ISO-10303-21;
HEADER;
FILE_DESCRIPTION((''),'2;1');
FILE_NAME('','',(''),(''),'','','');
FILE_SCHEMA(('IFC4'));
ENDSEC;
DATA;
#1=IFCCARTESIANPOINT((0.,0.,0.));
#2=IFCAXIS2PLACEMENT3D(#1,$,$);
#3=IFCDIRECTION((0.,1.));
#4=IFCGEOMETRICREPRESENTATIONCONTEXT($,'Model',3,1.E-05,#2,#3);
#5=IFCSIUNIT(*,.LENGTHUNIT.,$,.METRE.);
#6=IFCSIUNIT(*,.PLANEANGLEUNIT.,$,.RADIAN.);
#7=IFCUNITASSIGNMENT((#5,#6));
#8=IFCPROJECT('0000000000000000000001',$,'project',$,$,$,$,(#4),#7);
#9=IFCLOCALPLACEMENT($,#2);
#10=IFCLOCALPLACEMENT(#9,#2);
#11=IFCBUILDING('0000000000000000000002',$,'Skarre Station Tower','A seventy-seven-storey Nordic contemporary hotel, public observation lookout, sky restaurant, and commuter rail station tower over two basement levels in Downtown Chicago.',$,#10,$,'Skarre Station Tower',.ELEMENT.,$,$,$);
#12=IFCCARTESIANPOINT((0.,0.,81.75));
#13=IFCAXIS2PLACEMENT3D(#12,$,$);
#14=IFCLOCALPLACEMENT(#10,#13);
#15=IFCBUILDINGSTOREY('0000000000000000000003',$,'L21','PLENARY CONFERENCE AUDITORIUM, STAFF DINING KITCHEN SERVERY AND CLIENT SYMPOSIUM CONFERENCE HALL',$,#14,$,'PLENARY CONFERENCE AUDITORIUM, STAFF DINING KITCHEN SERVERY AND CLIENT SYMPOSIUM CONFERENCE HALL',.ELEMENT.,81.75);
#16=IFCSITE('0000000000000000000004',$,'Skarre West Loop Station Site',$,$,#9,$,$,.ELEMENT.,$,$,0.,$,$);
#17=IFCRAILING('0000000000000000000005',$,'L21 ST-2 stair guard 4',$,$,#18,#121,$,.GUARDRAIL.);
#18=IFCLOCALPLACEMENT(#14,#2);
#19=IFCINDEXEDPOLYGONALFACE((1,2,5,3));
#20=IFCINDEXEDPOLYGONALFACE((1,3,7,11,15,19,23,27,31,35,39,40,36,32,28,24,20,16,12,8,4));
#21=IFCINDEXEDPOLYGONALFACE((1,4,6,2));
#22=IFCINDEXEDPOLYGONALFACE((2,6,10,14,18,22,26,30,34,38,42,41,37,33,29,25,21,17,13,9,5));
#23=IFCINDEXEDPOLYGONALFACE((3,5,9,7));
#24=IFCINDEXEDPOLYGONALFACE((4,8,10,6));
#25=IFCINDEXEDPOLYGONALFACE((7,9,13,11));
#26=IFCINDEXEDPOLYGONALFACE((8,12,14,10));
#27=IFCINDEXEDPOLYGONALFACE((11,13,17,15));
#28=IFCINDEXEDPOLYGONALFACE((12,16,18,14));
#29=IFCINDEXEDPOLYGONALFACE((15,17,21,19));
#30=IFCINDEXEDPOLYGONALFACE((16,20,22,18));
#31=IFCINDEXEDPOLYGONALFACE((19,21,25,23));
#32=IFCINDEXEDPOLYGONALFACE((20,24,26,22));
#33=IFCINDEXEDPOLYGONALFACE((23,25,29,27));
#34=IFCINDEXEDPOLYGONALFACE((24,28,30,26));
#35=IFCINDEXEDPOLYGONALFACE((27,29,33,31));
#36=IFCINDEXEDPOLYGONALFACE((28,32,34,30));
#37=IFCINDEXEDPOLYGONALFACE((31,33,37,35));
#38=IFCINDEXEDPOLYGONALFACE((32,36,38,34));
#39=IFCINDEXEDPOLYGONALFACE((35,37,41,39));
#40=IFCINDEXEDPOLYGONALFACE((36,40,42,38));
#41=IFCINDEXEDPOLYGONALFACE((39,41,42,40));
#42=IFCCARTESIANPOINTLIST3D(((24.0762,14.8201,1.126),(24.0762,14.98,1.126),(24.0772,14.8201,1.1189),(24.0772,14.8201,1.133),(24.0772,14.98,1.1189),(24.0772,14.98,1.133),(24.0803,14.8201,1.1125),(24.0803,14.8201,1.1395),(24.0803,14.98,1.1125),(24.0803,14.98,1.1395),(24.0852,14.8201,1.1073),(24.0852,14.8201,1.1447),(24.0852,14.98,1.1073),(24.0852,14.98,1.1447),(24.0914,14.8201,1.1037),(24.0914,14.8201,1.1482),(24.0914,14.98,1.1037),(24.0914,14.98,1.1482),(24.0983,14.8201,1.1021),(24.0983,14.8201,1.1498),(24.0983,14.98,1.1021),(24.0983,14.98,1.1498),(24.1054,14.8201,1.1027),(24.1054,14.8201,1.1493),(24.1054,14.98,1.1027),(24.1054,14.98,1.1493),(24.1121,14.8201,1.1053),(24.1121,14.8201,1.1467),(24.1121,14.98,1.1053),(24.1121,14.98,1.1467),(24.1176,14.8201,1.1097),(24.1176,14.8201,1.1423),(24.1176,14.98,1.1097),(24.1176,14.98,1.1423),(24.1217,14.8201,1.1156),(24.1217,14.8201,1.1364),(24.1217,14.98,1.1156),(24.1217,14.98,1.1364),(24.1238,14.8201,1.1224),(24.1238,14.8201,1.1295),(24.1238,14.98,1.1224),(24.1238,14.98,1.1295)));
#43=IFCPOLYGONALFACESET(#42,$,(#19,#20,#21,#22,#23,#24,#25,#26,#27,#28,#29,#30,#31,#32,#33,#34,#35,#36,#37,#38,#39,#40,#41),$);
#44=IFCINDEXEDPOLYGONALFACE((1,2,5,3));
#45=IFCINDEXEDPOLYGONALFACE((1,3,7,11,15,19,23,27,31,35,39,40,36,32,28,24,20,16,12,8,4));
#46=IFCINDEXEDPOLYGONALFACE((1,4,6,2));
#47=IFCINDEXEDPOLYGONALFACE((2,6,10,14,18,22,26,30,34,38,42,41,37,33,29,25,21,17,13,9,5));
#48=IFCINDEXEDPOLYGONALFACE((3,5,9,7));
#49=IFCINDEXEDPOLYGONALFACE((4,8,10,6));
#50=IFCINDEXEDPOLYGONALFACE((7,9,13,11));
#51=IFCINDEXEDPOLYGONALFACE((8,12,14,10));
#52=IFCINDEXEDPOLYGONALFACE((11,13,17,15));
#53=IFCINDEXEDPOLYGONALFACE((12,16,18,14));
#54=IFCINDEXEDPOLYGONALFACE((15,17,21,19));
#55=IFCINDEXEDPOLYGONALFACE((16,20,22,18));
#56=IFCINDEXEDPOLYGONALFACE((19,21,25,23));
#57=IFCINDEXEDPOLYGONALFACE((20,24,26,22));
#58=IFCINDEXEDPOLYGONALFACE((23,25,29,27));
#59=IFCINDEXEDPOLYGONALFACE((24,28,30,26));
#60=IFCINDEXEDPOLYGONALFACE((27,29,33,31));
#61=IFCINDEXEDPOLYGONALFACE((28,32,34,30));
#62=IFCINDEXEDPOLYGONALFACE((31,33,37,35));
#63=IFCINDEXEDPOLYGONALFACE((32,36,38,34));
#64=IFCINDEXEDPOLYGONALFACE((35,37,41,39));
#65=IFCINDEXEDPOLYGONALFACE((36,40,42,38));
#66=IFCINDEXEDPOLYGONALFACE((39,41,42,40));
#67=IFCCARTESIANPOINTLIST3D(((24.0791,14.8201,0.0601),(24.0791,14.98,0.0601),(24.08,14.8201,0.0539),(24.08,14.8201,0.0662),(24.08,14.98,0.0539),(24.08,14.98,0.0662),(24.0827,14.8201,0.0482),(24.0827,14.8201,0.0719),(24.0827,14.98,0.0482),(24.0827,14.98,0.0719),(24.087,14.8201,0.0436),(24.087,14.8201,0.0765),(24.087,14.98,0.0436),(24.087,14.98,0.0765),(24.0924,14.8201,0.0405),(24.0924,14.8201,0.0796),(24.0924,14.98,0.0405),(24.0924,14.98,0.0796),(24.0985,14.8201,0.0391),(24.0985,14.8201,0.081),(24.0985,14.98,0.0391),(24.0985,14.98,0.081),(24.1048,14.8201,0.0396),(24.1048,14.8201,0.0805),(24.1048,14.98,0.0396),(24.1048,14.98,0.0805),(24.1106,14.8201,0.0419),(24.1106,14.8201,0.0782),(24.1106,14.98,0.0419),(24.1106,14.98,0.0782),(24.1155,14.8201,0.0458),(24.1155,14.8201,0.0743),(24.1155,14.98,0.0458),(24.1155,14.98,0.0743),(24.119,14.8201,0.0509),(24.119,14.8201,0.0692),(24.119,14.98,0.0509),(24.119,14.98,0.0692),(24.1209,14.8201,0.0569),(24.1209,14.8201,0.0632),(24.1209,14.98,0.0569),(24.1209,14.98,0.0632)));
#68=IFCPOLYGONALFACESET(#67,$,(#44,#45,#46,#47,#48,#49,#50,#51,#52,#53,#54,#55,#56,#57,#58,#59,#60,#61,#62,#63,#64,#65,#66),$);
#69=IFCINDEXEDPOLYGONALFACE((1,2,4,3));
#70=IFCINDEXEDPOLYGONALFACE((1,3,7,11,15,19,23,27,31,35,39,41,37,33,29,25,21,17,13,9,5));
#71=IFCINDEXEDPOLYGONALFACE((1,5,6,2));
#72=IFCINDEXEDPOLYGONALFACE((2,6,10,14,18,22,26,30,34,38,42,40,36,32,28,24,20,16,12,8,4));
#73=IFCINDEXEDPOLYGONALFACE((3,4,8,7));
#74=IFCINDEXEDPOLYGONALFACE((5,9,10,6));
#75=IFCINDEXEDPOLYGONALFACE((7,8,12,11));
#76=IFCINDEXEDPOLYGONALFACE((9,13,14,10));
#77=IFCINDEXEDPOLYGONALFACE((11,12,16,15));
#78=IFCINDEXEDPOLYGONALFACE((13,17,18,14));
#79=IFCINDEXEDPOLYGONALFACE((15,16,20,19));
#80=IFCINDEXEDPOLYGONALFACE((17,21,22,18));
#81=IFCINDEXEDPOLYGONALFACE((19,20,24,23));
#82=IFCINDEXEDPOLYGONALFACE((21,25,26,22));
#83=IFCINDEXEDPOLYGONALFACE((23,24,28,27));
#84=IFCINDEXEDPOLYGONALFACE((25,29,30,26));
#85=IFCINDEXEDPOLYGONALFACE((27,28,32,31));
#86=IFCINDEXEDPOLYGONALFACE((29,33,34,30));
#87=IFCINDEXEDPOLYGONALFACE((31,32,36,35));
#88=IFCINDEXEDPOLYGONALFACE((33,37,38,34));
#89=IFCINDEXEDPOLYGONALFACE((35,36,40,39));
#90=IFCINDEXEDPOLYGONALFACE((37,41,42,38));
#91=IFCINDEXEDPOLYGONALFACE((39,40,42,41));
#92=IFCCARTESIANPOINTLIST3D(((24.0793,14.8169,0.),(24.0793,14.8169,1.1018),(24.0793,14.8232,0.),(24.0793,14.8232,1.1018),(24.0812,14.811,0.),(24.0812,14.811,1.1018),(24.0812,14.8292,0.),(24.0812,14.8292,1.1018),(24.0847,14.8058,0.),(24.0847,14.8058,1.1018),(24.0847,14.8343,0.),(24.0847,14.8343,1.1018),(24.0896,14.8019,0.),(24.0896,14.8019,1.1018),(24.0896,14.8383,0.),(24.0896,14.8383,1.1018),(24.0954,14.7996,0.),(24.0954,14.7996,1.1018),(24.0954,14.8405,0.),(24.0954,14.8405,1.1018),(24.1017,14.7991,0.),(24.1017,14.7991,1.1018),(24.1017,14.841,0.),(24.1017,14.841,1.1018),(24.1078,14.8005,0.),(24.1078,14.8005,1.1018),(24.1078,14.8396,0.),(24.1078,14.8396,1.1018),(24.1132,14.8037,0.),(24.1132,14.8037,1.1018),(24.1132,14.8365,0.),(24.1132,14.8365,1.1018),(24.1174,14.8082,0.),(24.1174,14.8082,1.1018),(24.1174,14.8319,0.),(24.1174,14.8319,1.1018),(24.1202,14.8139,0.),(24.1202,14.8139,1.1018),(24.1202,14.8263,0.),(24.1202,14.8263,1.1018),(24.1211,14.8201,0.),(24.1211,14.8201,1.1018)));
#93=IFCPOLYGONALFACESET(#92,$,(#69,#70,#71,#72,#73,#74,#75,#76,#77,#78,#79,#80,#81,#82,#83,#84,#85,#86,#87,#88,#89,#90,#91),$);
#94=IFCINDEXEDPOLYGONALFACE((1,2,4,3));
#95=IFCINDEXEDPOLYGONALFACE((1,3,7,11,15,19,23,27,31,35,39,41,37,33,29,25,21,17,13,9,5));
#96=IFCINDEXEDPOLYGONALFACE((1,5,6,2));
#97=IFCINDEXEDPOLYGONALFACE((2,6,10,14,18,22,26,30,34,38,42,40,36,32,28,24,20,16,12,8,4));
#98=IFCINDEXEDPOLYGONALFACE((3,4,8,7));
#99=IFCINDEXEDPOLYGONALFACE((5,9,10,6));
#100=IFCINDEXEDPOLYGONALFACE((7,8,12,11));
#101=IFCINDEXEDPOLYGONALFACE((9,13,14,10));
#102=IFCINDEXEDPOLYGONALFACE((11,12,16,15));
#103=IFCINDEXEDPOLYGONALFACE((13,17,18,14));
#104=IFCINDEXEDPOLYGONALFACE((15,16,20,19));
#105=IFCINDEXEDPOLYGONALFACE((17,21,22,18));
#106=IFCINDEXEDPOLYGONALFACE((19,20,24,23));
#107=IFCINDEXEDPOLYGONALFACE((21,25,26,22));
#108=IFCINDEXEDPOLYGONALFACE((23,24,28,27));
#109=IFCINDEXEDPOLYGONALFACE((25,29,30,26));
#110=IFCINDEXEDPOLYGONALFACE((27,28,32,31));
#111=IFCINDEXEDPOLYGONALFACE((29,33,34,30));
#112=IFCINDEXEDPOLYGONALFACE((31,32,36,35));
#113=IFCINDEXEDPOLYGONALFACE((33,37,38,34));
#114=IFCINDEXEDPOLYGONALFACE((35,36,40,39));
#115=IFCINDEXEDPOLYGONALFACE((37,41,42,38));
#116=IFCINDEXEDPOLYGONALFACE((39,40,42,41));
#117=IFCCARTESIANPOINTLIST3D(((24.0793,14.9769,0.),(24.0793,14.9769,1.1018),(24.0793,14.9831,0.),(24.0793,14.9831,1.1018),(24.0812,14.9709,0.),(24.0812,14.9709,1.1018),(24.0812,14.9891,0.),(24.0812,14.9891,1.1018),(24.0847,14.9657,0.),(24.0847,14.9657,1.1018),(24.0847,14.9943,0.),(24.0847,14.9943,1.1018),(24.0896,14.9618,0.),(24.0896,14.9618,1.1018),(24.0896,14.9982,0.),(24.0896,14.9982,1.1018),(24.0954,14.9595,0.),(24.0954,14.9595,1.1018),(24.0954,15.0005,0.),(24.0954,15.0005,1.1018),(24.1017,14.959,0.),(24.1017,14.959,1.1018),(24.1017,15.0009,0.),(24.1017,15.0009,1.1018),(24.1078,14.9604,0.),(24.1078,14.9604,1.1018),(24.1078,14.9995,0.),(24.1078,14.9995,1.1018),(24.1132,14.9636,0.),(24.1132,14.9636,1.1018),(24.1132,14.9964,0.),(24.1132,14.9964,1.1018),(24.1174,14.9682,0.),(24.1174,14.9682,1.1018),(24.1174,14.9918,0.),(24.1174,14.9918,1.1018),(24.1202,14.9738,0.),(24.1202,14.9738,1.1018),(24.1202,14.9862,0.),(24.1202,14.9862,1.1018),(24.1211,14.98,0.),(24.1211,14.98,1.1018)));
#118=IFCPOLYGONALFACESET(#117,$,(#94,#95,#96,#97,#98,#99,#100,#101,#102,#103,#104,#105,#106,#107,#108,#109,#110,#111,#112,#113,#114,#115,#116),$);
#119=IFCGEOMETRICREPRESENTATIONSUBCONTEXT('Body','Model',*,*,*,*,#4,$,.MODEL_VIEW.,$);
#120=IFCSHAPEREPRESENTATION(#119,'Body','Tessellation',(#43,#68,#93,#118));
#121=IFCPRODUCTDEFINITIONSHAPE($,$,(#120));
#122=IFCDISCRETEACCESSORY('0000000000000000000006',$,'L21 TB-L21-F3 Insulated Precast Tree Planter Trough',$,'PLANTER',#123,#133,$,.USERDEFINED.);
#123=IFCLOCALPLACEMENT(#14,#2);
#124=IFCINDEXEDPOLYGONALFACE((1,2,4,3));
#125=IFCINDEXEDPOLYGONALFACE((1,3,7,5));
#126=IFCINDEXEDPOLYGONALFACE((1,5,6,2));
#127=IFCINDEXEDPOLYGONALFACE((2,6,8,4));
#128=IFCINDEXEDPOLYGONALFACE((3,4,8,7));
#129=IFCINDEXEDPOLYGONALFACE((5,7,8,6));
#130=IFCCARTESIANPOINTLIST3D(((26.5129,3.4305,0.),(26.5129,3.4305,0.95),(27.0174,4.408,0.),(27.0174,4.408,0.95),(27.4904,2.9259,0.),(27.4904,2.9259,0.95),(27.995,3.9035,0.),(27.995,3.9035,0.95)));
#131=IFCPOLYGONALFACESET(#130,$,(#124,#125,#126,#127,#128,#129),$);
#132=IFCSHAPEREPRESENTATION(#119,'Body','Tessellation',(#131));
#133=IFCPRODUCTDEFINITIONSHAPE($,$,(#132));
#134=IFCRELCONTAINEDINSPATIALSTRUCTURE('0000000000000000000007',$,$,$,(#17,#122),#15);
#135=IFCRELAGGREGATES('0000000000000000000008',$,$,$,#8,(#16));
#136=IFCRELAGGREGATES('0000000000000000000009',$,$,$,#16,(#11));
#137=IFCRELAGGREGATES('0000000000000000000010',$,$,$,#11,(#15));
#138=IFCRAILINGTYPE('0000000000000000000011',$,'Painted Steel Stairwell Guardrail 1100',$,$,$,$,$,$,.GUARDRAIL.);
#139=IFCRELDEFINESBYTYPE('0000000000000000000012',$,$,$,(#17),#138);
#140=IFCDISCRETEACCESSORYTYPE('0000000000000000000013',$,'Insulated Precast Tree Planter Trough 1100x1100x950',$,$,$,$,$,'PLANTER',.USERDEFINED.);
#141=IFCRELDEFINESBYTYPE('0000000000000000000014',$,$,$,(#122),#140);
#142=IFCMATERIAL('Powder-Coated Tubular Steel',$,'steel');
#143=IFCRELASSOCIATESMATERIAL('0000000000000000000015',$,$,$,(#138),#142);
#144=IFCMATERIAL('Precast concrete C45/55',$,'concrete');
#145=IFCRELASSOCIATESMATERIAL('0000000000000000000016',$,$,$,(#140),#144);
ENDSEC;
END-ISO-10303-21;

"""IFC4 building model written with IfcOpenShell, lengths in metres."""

from ifc_helpers import new_model, si_unit, direction, frame, origin, origin_2d, place, context, subcontext, project, spatial, rectangle, circle, extrude, material, type_object, element, save


model = new_model("IFC4")

# Units and contexts
model_context = context("Model", 3, precision=1e-05, world=origin(), true_north=direction((0.0, 1.0)))
body_context = subcontext(model_context, "Body", "Model", "MODEL_VIEW")
ifc_project = project(units=[si_unit("LENGTHUNIT", "METRE"), si_unit("PLANEANGLEUNIT", "RADIAN")], contexts=[model_context])

# Site, building, storey
site_placement = place(None, origin())
site = spatial("IfcSite", under=ifc_project, at=site_placement, Name="Skarre West Loop Station Site", CompositionType="ELEMENT", RefElevation=0.0)
building_placement = place(site_placement, origin())
building = spatial("IfcBuilding", under=site, at=building_placement, Name="Skarre Station Tower", Description="A seventy-seven-storey Nordic contemporary hotel, public observation lookout, sky restaurant, and commuter rail station tower over two basement levels in Downtown Chicago.", LongName="Skarre Station Tower", CompositionType="ELEMENT")
storey_placement = place(building_placement, frame((0.0, 0.0, 81.75)))
storey = spatial("IfcBuildingStorey", under=building, at=storey_placement, Name="L21", Description="PLENARY CONFERENCE AUDITORIUM, STAFF DINING KITCHEN SERVERY AND CLIENT SYMPOSIUM CONFERENCE HALL", LongName="PLENARY CONFERENCE AUDITORIUM, STAFF DINING KITCHEN SERVERY AND CLIENT SYMPOSIUM CONFERENCE HALL", CompositionType="ELEMENT", Elevation=81.75)

# Railing
ifc_material_1 = material(Name="Powder-Coated Tubular Steel", Category="steel")
railing_type_1 = type_object("IfcRailingType", Name="Painted Steel Stairwell Guardrail 1100", PredefinedType="GUARDRAIL", material=ifc_material_1)
railing_1_placement = place(storey_placement, frame((24.1001, 14.8201, 0.0)))
element("IfcRailing", 1, at=railing_1_placement, inside=storey, type_object=railing_type_1, Name="L21 ST-2 stair guard 4", PredefinedType="GUARDRAIL", context=body_context, shape_type="SweptSolid", body=[
    extrude(circle(Radius=0.0239, at=origin_2d()), frame((0.0, 0.0, 1.126), z_axis=(0.0, 1.0, 0.0), x_axis=(-1.0, 0.0, 0.0)), (0.0, 0.0, 1.0), 0.1599),
    extrude(circle(Radius=0.021, at=origin_2d()), frame((0.0, 0.0, 0.0601), z_axis=(0.0, 1.0, 0.0), x_axis=(-1.0, 0.0, 0.0)), (0.0, 0.0, 1.0), 0.1599),
    extrude(circle(Radius=0.021, at=origin_2d()), origin(), (0.0, 0.0, 1.0), 1.1018),
    extrude(circle(Radius=0.021, at=origin_2d()), frame((0.0, 0.1599, 0.0)), (0.0, 0.0, 1.0), 1.1018),
])

# Discrete accessory
ifc_material_2 = material(Name="Precast concrete C45/55", Category="concrete")
discrete_accessory_type = type_object("IfcDiscreteAccessoryType", Name="Insulated Precast Tree Planter Trough 1100x1100x950", ElementType="PLANTER", PredefinedType="USERDEFINED", material=ifc_material_2)
discrete_accessory_placement = place(storey_placement, frame((27.2539, 3.667, 0.0), z_axis=(0.0, 0.0, 1.0), x_axis=(-0.458619, -0.888633, 0.0)))
element("IfcDiscreteAccessory", 2, at=discrete_accessory_placement, inside=storey, type_object=discrete_accessory_type, Name="L21 TB-L21-F3 Insulated Precast Tree Planter Trough", ObjectType="PLANTER", PredefinedType="USERDEFINED", context=body_context, shape_type="SweptSolid", body=[
    extrude(rectangle(XDim=1.1001, YDim=1.1001, at=origin_2d()), origin(), (0.0, 0.0, 1.0), 0.95),
])

save(model, "model.ifc")
